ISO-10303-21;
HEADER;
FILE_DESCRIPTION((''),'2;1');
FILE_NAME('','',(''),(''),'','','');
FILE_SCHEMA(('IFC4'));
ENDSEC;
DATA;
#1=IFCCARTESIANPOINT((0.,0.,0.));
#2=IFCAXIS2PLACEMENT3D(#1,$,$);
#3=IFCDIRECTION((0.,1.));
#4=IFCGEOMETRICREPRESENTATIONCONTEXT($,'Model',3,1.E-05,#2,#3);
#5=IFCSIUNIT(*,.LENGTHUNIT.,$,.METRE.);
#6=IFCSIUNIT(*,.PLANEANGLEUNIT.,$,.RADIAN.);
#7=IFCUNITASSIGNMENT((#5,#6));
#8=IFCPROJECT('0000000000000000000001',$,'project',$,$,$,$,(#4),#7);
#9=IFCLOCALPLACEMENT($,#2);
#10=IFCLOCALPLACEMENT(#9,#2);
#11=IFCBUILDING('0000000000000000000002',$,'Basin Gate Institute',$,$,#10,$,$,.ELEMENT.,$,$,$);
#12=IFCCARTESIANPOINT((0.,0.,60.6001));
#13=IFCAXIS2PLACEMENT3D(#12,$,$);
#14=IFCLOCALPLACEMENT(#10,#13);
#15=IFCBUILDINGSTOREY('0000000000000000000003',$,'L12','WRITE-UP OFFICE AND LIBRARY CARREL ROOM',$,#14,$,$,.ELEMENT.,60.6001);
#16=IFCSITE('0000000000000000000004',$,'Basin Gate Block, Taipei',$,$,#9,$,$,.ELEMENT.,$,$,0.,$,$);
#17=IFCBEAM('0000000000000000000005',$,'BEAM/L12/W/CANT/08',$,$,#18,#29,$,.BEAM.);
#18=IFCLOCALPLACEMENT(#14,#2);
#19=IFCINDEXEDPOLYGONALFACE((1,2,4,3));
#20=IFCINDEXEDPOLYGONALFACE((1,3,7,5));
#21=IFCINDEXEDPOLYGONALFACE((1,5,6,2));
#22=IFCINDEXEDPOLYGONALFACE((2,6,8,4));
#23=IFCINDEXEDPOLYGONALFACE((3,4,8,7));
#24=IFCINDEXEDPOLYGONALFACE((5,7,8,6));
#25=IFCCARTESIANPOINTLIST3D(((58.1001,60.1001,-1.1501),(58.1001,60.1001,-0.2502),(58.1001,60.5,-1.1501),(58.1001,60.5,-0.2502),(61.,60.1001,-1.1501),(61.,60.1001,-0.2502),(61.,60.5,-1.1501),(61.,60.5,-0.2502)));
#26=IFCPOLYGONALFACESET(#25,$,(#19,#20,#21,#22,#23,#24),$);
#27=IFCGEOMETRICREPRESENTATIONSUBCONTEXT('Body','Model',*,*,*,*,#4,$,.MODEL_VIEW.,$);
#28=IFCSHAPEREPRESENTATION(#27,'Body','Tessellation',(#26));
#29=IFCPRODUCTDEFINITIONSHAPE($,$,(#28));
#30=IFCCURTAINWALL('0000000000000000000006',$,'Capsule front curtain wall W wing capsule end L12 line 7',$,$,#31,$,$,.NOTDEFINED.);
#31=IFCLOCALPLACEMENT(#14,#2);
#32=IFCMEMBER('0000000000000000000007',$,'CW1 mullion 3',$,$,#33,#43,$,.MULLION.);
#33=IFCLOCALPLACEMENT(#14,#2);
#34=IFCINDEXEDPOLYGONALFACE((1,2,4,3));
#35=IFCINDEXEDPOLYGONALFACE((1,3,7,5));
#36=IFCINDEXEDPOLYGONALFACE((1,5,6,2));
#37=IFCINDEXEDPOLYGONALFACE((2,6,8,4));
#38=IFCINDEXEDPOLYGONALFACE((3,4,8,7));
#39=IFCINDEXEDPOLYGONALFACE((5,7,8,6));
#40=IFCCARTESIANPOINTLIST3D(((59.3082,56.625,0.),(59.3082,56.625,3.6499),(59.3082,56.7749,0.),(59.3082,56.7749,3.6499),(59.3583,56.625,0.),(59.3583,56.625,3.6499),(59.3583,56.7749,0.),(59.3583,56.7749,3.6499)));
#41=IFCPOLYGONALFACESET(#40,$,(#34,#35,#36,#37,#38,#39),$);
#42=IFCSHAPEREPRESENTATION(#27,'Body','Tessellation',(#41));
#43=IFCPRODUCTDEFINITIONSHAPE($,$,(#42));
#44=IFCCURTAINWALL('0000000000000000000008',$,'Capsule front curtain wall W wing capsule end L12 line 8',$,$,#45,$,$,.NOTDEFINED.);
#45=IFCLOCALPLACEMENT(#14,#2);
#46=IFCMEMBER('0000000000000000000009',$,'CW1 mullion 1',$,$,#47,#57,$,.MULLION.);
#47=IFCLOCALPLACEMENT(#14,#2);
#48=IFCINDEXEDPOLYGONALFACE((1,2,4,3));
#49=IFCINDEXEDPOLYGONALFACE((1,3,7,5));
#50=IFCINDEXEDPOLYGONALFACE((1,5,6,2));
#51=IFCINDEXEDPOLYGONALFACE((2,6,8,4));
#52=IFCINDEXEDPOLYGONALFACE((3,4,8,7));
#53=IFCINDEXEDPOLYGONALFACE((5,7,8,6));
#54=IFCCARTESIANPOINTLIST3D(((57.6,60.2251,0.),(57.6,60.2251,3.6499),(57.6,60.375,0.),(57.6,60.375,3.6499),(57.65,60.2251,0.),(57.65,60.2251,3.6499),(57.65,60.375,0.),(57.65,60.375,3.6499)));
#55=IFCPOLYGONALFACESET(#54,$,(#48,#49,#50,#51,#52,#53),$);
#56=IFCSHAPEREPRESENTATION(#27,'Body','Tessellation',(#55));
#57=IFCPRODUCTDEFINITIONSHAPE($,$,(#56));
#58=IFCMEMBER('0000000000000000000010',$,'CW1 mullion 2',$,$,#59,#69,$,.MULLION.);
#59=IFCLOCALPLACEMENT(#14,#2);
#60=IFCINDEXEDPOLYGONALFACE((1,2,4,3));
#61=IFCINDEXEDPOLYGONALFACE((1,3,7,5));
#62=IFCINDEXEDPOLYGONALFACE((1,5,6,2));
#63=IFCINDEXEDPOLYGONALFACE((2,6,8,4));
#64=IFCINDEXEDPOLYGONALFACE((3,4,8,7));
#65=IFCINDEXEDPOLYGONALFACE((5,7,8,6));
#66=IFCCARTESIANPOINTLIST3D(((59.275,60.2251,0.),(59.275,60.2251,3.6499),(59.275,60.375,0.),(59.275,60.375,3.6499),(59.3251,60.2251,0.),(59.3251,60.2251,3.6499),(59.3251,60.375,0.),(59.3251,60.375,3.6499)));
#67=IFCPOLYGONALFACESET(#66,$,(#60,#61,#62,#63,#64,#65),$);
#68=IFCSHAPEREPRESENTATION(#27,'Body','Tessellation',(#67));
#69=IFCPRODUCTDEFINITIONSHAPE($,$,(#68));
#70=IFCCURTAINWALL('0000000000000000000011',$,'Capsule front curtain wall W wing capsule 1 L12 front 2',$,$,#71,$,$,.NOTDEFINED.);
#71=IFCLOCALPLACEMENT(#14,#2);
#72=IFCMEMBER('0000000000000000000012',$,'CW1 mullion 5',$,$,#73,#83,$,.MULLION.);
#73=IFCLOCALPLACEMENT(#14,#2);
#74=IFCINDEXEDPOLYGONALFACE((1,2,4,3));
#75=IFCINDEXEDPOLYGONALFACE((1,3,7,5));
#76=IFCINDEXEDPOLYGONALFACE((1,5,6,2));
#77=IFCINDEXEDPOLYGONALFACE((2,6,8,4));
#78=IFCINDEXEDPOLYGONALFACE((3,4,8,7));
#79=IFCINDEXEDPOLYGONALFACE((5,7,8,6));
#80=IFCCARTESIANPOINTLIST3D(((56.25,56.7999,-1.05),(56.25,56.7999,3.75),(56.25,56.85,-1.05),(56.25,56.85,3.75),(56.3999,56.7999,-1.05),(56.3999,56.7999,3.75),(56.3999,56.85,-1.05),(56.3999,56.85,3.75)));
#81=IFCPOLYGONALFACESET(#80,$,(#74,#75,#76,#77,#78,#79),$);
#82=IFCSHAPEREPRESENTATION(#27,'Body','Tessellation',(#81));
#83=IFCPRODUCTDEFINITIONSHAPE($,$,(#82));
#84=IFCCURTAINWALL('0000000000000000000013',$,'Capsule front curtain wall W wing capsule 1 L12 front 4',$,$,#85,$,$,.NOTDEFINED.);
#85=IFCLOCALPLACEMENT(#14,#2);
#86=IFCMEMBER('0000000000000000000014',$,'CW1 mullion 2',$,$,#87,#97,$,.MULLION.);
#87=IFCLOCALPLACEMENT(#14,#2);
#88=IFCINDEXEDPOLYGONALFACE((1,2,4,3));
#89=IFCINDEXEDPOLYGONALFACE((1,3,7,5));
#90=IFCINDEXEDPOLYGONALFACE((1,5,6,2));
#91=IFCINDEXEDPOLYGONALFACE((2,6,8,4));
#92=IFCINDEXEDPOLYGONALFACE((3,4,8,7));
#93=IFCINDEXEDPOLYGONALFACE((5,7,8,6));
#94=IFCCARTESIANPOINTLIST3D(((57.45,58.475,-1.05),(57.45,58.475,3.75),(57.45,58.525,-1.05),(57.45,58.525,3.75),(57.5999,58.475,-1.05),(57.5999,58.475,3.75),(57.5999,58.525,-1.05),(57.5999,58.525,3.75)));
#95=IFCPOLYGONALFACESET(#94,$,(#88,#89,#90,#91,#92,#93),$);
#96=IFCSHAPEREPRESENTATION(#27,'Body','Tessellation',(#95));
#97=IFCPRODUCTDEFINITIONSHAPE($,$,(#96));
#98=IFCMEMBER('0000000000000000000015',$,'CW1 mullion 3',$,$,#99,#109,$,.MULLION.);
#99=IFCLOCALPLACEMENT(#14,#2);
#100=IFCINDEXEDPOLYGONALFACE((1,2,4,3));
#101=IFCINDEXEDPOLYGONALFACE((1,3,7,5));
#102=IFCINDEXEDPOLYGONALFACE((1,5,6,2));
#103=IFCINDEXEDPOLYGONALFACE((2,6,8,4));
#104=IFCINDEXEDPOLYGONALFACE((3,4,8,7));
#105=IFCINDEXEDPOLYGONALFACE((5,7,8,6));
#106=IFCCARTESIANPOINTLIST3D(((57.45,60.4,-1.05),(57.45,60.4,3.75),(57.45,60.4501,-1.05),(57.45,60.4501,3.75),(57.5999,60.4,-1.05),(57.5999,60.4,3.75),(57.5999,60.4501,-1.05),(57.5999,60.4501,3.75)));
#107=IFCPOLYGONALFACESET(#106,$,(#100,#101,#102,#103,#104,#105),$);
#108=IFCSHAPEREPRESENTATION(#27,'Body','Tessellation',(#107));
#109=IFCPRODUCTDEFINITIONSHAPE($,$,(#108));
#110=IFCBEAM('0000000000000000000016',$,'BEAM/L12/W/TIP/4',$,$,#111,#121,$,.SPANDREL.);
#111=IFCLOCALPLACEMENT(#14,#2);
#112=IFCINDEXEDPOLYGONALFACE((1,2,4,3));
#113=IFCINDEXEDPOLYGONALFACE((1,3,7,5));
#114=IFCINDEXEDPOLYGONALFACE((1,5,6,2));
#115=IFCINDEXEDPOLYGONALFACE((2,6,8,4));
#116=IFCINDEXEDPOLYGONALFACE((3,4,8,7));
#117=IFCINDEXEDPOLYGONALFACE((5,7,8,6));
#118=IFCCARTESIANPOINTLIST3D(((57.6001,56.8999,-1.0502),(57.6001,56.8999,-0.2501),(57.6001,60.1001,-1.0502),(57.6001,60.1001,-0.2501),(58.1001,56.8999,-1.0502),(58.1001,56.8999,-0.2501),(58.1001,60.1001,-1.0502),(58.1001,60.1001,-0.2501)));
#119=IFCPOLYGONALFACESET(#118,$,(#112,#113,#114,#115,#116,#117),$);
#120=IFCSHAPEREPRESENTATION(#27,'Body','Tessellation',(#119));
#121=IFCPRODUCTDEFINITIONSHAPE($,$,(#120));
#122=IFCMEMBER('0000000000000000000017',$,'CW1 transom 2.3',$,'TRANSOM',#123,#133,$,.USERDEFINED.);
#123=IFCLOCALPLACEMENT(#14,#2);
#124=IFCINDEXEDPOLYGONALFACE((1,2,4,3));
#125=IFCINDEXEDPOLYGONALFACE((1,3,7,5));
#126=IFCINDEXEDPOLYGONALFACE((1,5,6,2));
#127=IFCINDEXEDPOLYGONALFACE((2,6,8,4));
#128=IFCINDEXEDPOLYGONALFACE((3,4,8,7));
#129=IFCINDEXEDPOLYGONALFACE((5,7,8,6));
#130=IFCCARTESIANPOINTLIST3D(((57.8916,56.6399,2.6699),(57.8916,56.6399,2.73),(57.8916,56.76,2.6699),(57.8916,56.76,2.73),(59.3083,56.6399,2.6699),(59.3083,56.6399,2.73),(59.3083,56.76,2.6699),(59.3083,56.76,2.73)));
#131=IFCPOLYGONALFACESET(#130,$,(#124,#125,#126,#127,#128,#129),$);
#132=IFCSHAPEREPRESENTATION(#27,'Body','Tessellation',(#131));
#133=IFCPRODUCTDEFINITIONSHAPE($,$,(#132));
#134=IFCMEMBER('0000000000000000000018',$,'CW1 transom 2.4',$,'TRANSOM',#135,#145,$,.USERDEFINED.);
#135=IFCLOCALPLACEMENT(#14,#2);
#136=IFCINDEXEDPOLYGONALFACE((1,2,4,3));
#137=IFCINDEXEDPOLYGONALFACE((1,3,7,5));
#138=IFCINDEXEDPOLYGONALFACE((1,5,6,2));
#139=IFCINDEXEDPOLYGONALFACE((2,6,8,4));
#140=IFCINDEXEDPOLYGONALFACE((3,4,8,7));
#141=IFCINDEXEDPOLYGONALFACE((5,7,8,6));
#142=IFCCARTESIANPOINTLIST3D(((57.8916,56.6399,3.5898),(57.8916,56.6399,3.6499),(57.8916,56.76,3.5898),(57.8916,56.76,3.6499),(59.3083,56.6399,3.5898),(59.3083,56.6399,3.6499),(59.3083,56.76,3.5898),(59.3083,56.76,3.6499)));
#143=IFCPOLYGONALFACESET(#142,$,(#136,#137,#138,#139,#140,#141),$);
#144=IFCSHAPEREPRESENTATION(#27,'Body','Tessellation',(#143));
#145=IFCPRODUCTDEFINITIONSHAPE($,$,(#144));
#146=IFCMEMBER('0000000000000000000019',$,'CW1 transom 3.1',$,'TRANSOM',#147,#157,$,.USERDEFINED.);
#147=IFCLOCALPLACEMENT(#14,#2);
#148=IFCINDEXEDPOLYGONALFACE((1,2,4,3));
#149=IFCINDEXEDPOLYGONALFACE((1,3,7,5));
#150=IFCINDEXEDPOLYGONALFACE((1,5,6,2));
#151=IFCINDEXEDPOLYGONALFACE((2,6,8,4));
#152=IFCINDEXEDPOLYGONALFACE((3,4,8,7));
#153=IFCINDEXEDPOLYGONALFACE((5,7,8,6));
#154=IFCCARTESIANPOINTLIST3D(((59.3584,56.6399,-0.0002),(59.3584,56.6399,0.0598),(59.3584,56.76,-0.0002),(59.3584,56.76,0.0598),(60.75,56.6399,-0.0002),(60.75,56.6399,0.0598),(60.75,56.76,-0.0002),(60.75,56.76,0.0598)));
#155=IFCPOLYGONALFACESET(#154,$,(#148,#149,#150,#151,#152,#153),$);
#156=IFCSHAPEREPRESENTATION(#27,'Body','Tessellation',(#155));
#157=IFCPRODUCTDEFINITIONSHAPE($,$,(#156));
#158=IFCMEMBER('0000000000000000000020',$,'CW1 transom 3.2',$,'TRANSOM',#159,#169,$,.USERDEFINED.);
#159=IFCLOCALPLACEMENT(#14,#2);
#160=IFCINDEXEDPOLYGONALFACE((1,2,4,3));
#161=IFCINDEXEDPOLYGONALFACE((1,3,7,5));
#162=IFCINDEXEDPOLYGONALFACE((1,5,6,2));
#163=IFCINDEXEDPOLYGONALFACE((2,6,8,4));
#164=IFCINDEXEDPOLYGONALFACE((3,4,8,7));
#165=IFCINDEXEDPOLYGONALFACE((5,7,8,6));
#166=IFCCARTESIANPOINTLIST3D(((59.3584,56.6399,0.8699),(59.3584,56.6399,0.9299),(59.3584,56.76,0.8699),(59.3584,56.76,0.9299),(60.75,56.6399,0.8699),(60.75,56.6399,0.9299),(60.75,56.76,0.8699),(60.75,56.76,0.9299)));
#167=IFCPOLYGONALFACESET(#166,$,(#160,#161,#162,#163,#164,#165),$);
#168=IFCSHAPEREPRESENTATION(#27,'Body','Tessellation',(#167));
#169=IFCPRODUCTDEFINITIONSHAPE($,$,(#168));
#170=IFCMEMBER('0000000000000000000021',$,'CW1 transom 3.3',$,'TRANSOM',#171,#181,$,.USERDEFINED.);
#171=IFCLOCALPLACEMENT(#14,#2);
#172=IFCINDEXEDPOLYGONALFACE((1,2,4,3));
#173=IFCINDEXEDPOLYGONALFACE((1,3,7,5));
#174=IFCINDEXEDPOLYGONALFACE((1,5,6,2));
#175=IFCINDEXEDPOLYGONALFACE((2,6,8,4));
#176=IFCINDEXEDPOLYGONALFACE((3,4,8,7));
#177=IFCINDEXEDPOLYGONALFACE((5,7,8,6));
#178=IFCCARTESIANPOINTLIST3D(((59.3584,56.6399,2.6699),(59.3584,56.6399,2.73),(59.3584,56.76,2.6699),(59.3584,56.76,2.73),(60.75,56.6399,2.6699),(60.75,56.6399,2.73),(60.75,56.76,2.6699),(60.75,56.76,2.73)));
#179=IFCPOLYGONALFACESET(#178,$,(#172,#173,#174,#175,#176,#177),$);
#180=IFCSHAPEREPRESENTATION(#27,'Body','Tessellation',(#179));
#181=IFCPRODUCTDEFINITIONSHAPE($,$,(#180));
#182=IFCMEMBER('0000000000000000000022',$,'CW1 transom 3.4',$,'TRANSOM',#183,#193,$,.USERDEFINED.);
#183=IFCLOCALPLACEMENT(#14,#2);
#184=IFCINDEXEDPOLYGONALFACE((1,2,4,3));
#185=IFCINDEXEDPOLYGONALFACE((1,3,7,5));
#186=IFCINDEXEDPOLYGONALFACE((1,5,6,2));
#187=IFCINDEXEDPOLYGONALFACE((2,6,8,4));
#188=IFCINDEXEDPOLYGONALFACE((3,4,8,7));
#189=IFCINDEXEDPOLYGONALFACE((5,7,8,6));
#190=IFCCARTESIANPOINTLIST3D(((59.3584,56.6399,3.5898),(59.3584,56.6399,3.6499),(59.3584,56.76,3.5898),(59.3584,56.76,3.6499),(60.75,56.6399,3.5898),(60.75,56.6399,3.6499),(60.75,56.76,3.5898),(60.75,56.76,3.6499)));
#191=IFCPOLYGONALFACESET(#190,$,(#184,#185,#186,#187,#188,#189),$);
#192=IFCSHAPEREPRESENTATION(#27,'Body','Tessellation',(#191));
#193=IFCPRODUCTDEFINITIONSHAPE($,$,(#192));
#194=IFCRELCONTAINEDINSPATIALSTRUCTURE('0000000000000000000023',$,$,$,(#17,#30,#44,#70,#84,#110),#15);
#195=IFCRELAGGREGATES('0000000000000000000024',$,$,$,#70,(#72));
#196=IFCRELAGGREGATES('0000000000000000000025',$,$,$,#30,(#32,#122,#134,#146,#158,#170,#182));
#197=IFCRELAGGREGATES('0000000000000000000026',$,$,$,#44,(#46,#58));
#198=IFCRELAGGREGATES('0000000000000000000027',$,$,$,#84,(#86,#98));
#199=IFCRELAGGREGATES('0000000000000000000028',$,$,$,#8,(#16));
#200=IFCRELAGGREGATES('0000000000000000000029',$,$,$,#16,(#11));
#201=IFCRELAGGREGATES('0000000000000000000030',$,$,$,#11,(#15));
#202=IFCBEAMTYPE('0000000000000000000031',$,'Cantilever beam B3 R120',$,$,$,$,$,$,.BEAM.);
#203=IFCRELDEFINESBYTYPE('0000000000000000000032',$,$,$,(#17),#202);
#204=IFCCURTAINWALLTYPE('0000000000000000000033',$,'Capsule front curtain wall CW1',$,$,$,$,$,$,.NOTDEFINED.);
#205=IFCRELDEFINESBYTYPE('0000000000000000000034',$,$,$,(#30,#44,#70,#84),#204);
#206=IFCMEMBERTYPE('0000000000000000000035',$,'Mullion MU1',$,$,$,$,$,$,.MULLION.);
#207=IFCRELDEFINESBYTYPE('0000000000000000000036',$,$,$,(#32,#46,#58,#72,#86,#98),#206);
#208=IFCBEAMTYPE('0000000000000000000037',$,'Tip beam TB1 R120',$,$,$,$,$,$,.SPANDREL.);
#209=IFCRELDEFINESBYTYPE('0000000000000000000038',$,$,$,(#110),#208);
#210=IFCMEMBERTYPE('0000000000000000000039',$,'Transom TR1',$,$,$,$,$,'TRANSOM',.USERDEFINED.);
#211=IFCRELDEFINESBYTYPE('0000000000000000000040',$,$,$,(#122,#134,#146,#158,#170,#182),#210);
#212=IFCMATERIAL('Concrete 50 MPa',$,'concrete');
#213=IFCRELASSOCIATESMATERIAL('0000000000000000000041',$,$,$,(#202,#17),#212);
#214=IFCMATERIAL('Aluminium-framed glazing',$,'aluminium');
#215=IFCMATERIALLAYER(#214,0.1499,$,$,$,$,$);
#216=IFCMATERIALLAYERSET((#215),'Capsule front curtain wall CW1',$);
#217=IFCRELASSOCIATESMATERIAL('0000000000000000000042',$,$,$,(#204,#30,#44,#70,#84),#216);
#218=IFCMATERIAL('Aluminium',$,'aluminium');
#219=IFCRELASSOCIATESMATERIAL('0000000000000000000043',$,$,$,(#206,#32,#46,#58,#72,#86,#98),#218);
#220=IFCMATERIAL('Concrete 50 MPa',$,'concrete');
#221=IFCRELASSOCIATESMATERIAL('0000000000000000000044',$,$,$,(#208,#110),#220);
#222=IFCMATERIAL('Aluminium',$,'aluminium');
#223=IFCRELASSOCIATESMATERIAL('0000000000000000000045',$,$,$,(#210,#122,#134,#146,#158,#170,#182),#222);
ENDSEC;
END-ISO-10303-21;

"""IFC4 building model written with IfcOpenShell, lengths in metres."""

from ifc_helpers import new_model, si_unit, direction, frame, origin, origin_2d, place, context, subcontext, project, spatial, rectangle, extrude, material, layer, layer_set, material_profile, profile_set, type_object, element, aggregate, save


model = new_model("IFC4")

# Units and contexts
model_context = context("Model", 3, precision=1e-05, world=origin(), true_north=direction((0.0, 1.0)))
body_context = subcontext(model_context, "Body", "Model", "MODEL_VIEW")
ifc_project = project(units=[si_unit("LENGTHUNIT", "METRE"), si_unit("PLANEANGLEUNIT", "RADIAN")], contexts=[model_context])

# Site, building, storey
site_placement = place(None, origin())
site = spatial("IfcSite", under=ifc_project, at=site_placement, Name="Basin Gate Block, Taipei", CompositionType="ELEMENT", RefElevation=0.0)
building_placement = place(site_placement, origin())
building = spatial("IfcBuilding", under=site, at=building_placement, Name="Basin Gate Institute", CompositionType="ELEMENT")
storey_placement = place(building_placement, frame((0.0, 0.0, 60.6001)))
storey = spatial("IfcBuildingStorey", under=building, at=storey_placement, Name="L12", Description="WRITE-UP OFFICE AND LIBRARY CARREL ROOM", CompositionType="ELEMENT", Elevation=60.6001)

# Beam
ifc_material_1 = material(Name="Concrete 50 MPa", Category="concrete")
ifc_material_profile_1 = material_profile(ifc_material_1, rectangle(XDim=0.3999, YDim=0.8999, at=origin_2d()), Name="Cantilever beam B3 400 x 900")
ifc_profile_set_1 = profile_set([ifc_material_profile_1], Name="Concrete 50 MPa")
beam_type_1 = type_object("IfcBeamType", Name="Cantilever beam B3 R120", PredefinedType="BEAM", material=ifc_profile_set_1)
beam_1_placement = place(storey_placement, frame((58.1001, 60.3, -0.7002), z_axis=(1.0, 0.0, 0.0), x_axis=(0.0, 1.0, 0.0)))
element("IfcBeam", 1, at=beam_1_placement, inside=storey, type_object=beam_type_1, material=ifc_profile_set_1, Name="BEAM/L12/W/CANT/08", PredefinedType="BEAM", context=body_context, shape_type="SweptSolid", body=[
    extrude(rectangle(XDim=0.3999, YDim=0.8999, at=origin_2d()), origin(), (0.0, 0.0, 1.0), 2.8999),
])

# Curtain wall, member
ifc_material_2 = material(Name="Aluminium-framed glazing", Category="aluminium")
ifc_layer_1 = layer(ifc_material_2, 0.1499)
ifc_layer_set_1 = layer_set([ifc_layer_1], Name="Capsule front curtain wall CW1")
curtain_wall_type = type_object("IfcCurtainWallType", Name="Capsule front curtain wall CW1", PredefinedType="NOTDEFINED", material=ifc_layer_set_1)
curtain_wall_1_placement = place(storey_placement, origin())
curtain_wall_1 = element("IfcCurtainWall", 2, at=curtain_wall_1_placement, inside=storey, type_object=curtain_wall_type, material=ifc_layer_set_1, Name="Capsule front curtain wall W wing capsule end L12 line 7", PredefinedType="NOTDEFINED")
ifc_material_3 = material(Name="Aluminium", Category="aluminium")
ifc_material_profile_2 = material_profile(ifc_material_3, rectangle(XDim=0.1499, YDim=0.05, at=origin_2d()), Name="Mullion MU1 150 x 50")
ifc_profile_set_2 = profile_set([ifc_material_profile_2], Name="Aluminium")
member_type_1 = type_object("IfcMemberType", Name="Mullion MU1", PredefinedType="MULLION", material=ifc_profile_set_2)
member_1_placement = place(storey_placement, frame((59.3333, 56.7, 0.0), z_axis=(0.0, 0.0, 1.0), x_axis=(0.0, 1.0, 0.0)))
member_1 = element("IfcMember", 3, at=member_1_placement, type_object=member_type_1, material=ifc_profile_set_2, Name="CW1 mullion 3", PredefinedType="MULLION", context=body_context, shape_type="SweptSolid", body=[
    extrude(rectangle(XDim=0.1499, YDim=0.05, at=origin_2d()), origin(), (0.0, 0.0, 1.0), 3.6499),
])

# Curtain wall, members
curtain_wall_2_placement = place(storey_placement, origin())
curtain_wall_2 = element("IfcCurtainWall", 4, at=curtain_wall_2_placement, inside=storey, type_object=curtain_wall_type, material=ifc_layer_set_1, Name="Capsule front curtain wall W wing capsule end L12 line 8", PredefinedType="NOTDEFINED")
member_2_placement = place(storey_placement, frame((57.625, 60.3, 0.0), z_axis=(0.0, 0.0, 1.0), x_axis=(0.0, 1.0, 0.0)))
member_2 = element("IfcMember", 5, at=member_2_placement, type_object=member_type_1, material=ifc_profile_set_2, Name="CW1 mullion 1", PredefinedType="MULLION", context=body_context, shape_type="SweptSolid", body=[
    extrude(rectangle(XDim=0.1499, YDim=0.05, at=origin_2d()), origin(), (0.0, 0.0, 1.0), 3.6499),
])
member_3_placement = place(storey_placement, frame((59.3, 60.3, 0.0), z_axis=(0.0, 0.0, 1.0), x_axis=(0.0, 1.0, 0.0)))
member_3 = element("IfcMember", 6, at=member_3_placement, type_object=member_type_1, material=ifc_profile_set_2, Name="CW1 mullion 2", PredefinedType="MULLION", context=body_context, shape_type="SweptSolid", body=[
    extrude(rectangle(XDim=0.1499, YDim=0.05, at=origin_2d()), origin(), (0.0, 0.0, 1.0), 3.6499),
])

# Curtain wall, member
curtain_wall_3_placement = place(storey_placement, origin())
curtain_wall_3 = element("IfcCurtainWall", 7, at=curtain_wall_3_placement, inside=storey, type_object=curtain_wall_type, material=ifc_layer_set_1, Name="Capsule front curtain wall W wing capsule 1 L12 front 2", PredefinedType="NOTDEFINED")
member_4_placement = place(storey_placement, frame((56.325, 56.825, -1.05), z_axis=(0.0, 0.0, 1.0), x_axis=(-1.0, 0.0, 0.0)))
member_4 = element("IfcMember", 8, at=member_4_placement, type_object=member_type_1, material=ifc_profile_set_2, Name="CW1 mullion 5", PredefinedType="MULLION", context=body_context, shape_type="SweptSolid", body=[
    extrude(rectangle(XDim=0.1499, YDim=0.05, at=origin_2d()), origin(), (0.0, 0.0, 1.0), 4.8),
])
aggregate(curtain_wall_3, [member_4])

# Curtain wall, members
curtain_wall_4_placement = place(storey_placement, origin())
curtain_wall_4 = element("IfcCurtainWall", 9, at=curtain_wall_4_placement, inside=storey, type_object=curtain_wall_type, material=ifc_layer_set_1, Name="Capsule front curtain wall W wing capsule 1 L12 front 4", PredefinedType="NOTDEFINED")
member_5_placement = place(storey_placement, frame((57.5249, 58.5, -1.05), z_axis=(0.0, 0.0, 1.0), x_axis=(-1.0, 0.0, 0.0)))
member_5 = element("IfcMember", 10, at=member_5_placement, type_object=member_type_1, material=ifc_profile_set_2, Name="CW1 mullion 2", PredefinedType="MULLION", context=body_context, shape_type="SweptSolid", body=[
    extrude(rectangle(XDim=0.1499, YDim=0.05, at=origin_2d()), origin(), (0.0, 0.0, 1.0), 4.8),
])
member_6_placement = place(storey_placement, frame((57.5249, 60.425, -1.05), z_axis=(0.0, 0.0, 1.0), x_axis=(-1.0, 0.0, 0.0)))
member_6 = element("IfcMember", 11, at=member_6_placement, type_object=member_type_1, material=ifc_profile_set_2, Name="CW1 mullion 3", PredefinedType="MULLION", context=body_context, shape_type="SweptSolid", body=[
    extrude(rectangle(XDim=0.1499, YDim=0.05, at=origin_2d()), origin(), (0.0, 0.0, 1.0), 4.8),
])

# Beam
ifc_material_4 = material(Name="Concrete 50 MPa", Category="concrete")
ifc_material_profile_3 = material_profile(ifc_material_4, rectangle(XDim=0.5, YDim=0.8, at=origin_2d()), Name="Tip beam TB1 500 x 800")
ifc_profile_set_3 = profile_set([ifc_material_profile_3], Name="Concrete 50 MPa")
beam_type_2 = type_object("IfcBeamType", Name="Tip beam TB1 R120", PredefinedType="SPANDREL", material=ifc_profile_set_3)
beam_2_placement = place(storey_placement, frame((57.8501, 56.8999, -0.6501), z_axis=(0.0, 1.0, 0.0), x_axis=(-1.0, 0.0, 0.0)))
element("IfcBeam", 12, at=beam_2_placement, inside=storey, type_object=beam_type_2, material=ifc_profile_set_3, Name="BEAM/L12/W/TIP/4", PredefinedType="SPANDREL", context=body_context, shape_type="SweptSolid", body=[
    extrude(rectangle(XDim=0.5, YDim=0.8, at=origin_2d()), origin(), (0.0, 0.0, 1.0), 3.2002),
])

# Members
ifc_material_5 = material(Name="Aluminium", Category="aluminium")
ifc_material_profile_4 = material_profile(ifc_material_5, rectangle(XDim=0.1201, YDim=0.0601, at=origin_2d()), Name="Transom TR1 120 x 60")
ifc_profile_set_4 = profile_set([ifc_material_profile_4], Name="Aluminium")
member_type_2 = type_object("IfcMemberType", Name="Transom TR1", ElementType="TRANSOM", PredefinedType="USERDEFINED", material=ifc_profile_set_4)
member_7_placement = place(storey_placement, frame((57.8916, 56.7, 2.7), z_axis=(1.0, 0.0, 0.0), x_axis=(0.0, 1.0, 0.0)))
member_7 = element("IfcMember", 13, at=member_7_placement, type_object=member_type_2, material=ifc_profile_set_4, Name="CW1 transom 2.3", ObjectType="TRANSOM", PredefinedType="USERDEFINED", context=body_context, shape_type="SweptSolid", body=[
    extrude(rectangle(XDim=0.1201, YDim=0.0601, at=origin_2d()), origin(), (0.0, 0.0, 1.0), 1.4167),
])
member_8_placement = place(storey_placement, frame((57.8916, 56.7, 3.6199), z_axis=(1.0, 0.0, 0.0), x_axis=(0.0, 1.0, 0.0)))
member_8 = element("IfcMember", 14, at=member_8_placement, type_object=member_type_2, material=ifc_profile_set_4, Name="CW1 transom 2.4", ObjectType="TRANSOM", PredefinedType="USERDEFINED", context=body_context, shape_type="SweptSolid", body=[
    extrude(rectangle(XDim=0.1201, YDim=0.0601, at=origin_2d()), origin(), (0.0, 0.0, 1.0), 1.4167),
])
member_9_placement = place(storey_placement, frame((59.3584, 56.7, 0.0298), z_axis=(1.0, 0.0, 0.0), x_axis=(0.0, 1.0, 0.0)))
member_9 = element("IfcMember", 15, at=member_9_placement, type_object=member_type_2, material=ifc_profile_set_4, Name="CW1 transom 3.1", ObjectType="TRANSOM", PredefinedType="USERDEFINED", context=body_context, shape_type="SweptSolid", body=[
    extrude(rectangle(XDim=0.1201, YDim=0.0601, at=origin_2d()), origin(), (0.0, 0.0, 1.0), 1.3916),
])
member_10_placement = place(storey_placement, frame((59.3584, 56.7, 0.8999), z_axis=(1.0, 0.0, 0.0), x_axis=(0.0, 1.0, 0.0)))
member_10 = element("IfcMember", 16, at=member_10_placement, type_object=member_type_2, material=ifc_profile_set_4, Name="CW1 transom 3.2", ObjectType="TRANSOM", PredefinedType="USERDEFINED", context=body_context, shape_type="SweptSolid", body=[
    extrude(rectangle(XDim=0.1201, YDim=0.0601, at=origin_2d()), origin(), (0.0, 0.0, 1.0), 1.3916),
])
member_11_placement = place(storey_placement, frame((59.3584, 56.7, 2.7), z_axis=(1.0, 0.0, 0.0), x_axis=(0.0, 1.0, 0.0)))
member_11 = element("IfcMember", 17, at=member_11_placement, type_object=member_type_2, material=ifc_profile_set_4, Name="CW1 transom 3.3", ObjectType="TRANSOM", PredefinedType="USERDEFINED", context=body_context, shape_type="SweptSolid", body=[
    extrude(rectangle(XDim=0.1201, YDim=0.0601, at=origin_2d()), origin(), (0.0, 0.0, 1.0), 1.3916),
])
member_12_placement = place(storey_placement, frame((59.3584, 56.7, 3.6199), z_axis=(1.0, 0.0, 0.0), x_axis=(0.0, 1.0, 0.0)))
member_12 = element("IfcMember", 18, at=member_12_placement, type_object=member_type_2, material=ifc_profile_set_4, Name="CW1 transom 3.4", ObjectType="TRANSOM", PredefinedType="USERDEFINED", context=body_context, shape_type="SweptSolid", body=[
    extrude(rectangle(XDim=0.1201, YDim=0.0601, at=origin_2d()), origin(), (0.0, 0.0, 1.0), 1.3916),
])

aggregate(curtain_wall_1, [member_1, member_7, member_8, member_9, member_10, member_11, member_12])
aggregate(curtain_wall_2, [member_2, member_3])
aggregate(curtain_wall_4, [member_5, member_6])

save(model, "model.ifc")
